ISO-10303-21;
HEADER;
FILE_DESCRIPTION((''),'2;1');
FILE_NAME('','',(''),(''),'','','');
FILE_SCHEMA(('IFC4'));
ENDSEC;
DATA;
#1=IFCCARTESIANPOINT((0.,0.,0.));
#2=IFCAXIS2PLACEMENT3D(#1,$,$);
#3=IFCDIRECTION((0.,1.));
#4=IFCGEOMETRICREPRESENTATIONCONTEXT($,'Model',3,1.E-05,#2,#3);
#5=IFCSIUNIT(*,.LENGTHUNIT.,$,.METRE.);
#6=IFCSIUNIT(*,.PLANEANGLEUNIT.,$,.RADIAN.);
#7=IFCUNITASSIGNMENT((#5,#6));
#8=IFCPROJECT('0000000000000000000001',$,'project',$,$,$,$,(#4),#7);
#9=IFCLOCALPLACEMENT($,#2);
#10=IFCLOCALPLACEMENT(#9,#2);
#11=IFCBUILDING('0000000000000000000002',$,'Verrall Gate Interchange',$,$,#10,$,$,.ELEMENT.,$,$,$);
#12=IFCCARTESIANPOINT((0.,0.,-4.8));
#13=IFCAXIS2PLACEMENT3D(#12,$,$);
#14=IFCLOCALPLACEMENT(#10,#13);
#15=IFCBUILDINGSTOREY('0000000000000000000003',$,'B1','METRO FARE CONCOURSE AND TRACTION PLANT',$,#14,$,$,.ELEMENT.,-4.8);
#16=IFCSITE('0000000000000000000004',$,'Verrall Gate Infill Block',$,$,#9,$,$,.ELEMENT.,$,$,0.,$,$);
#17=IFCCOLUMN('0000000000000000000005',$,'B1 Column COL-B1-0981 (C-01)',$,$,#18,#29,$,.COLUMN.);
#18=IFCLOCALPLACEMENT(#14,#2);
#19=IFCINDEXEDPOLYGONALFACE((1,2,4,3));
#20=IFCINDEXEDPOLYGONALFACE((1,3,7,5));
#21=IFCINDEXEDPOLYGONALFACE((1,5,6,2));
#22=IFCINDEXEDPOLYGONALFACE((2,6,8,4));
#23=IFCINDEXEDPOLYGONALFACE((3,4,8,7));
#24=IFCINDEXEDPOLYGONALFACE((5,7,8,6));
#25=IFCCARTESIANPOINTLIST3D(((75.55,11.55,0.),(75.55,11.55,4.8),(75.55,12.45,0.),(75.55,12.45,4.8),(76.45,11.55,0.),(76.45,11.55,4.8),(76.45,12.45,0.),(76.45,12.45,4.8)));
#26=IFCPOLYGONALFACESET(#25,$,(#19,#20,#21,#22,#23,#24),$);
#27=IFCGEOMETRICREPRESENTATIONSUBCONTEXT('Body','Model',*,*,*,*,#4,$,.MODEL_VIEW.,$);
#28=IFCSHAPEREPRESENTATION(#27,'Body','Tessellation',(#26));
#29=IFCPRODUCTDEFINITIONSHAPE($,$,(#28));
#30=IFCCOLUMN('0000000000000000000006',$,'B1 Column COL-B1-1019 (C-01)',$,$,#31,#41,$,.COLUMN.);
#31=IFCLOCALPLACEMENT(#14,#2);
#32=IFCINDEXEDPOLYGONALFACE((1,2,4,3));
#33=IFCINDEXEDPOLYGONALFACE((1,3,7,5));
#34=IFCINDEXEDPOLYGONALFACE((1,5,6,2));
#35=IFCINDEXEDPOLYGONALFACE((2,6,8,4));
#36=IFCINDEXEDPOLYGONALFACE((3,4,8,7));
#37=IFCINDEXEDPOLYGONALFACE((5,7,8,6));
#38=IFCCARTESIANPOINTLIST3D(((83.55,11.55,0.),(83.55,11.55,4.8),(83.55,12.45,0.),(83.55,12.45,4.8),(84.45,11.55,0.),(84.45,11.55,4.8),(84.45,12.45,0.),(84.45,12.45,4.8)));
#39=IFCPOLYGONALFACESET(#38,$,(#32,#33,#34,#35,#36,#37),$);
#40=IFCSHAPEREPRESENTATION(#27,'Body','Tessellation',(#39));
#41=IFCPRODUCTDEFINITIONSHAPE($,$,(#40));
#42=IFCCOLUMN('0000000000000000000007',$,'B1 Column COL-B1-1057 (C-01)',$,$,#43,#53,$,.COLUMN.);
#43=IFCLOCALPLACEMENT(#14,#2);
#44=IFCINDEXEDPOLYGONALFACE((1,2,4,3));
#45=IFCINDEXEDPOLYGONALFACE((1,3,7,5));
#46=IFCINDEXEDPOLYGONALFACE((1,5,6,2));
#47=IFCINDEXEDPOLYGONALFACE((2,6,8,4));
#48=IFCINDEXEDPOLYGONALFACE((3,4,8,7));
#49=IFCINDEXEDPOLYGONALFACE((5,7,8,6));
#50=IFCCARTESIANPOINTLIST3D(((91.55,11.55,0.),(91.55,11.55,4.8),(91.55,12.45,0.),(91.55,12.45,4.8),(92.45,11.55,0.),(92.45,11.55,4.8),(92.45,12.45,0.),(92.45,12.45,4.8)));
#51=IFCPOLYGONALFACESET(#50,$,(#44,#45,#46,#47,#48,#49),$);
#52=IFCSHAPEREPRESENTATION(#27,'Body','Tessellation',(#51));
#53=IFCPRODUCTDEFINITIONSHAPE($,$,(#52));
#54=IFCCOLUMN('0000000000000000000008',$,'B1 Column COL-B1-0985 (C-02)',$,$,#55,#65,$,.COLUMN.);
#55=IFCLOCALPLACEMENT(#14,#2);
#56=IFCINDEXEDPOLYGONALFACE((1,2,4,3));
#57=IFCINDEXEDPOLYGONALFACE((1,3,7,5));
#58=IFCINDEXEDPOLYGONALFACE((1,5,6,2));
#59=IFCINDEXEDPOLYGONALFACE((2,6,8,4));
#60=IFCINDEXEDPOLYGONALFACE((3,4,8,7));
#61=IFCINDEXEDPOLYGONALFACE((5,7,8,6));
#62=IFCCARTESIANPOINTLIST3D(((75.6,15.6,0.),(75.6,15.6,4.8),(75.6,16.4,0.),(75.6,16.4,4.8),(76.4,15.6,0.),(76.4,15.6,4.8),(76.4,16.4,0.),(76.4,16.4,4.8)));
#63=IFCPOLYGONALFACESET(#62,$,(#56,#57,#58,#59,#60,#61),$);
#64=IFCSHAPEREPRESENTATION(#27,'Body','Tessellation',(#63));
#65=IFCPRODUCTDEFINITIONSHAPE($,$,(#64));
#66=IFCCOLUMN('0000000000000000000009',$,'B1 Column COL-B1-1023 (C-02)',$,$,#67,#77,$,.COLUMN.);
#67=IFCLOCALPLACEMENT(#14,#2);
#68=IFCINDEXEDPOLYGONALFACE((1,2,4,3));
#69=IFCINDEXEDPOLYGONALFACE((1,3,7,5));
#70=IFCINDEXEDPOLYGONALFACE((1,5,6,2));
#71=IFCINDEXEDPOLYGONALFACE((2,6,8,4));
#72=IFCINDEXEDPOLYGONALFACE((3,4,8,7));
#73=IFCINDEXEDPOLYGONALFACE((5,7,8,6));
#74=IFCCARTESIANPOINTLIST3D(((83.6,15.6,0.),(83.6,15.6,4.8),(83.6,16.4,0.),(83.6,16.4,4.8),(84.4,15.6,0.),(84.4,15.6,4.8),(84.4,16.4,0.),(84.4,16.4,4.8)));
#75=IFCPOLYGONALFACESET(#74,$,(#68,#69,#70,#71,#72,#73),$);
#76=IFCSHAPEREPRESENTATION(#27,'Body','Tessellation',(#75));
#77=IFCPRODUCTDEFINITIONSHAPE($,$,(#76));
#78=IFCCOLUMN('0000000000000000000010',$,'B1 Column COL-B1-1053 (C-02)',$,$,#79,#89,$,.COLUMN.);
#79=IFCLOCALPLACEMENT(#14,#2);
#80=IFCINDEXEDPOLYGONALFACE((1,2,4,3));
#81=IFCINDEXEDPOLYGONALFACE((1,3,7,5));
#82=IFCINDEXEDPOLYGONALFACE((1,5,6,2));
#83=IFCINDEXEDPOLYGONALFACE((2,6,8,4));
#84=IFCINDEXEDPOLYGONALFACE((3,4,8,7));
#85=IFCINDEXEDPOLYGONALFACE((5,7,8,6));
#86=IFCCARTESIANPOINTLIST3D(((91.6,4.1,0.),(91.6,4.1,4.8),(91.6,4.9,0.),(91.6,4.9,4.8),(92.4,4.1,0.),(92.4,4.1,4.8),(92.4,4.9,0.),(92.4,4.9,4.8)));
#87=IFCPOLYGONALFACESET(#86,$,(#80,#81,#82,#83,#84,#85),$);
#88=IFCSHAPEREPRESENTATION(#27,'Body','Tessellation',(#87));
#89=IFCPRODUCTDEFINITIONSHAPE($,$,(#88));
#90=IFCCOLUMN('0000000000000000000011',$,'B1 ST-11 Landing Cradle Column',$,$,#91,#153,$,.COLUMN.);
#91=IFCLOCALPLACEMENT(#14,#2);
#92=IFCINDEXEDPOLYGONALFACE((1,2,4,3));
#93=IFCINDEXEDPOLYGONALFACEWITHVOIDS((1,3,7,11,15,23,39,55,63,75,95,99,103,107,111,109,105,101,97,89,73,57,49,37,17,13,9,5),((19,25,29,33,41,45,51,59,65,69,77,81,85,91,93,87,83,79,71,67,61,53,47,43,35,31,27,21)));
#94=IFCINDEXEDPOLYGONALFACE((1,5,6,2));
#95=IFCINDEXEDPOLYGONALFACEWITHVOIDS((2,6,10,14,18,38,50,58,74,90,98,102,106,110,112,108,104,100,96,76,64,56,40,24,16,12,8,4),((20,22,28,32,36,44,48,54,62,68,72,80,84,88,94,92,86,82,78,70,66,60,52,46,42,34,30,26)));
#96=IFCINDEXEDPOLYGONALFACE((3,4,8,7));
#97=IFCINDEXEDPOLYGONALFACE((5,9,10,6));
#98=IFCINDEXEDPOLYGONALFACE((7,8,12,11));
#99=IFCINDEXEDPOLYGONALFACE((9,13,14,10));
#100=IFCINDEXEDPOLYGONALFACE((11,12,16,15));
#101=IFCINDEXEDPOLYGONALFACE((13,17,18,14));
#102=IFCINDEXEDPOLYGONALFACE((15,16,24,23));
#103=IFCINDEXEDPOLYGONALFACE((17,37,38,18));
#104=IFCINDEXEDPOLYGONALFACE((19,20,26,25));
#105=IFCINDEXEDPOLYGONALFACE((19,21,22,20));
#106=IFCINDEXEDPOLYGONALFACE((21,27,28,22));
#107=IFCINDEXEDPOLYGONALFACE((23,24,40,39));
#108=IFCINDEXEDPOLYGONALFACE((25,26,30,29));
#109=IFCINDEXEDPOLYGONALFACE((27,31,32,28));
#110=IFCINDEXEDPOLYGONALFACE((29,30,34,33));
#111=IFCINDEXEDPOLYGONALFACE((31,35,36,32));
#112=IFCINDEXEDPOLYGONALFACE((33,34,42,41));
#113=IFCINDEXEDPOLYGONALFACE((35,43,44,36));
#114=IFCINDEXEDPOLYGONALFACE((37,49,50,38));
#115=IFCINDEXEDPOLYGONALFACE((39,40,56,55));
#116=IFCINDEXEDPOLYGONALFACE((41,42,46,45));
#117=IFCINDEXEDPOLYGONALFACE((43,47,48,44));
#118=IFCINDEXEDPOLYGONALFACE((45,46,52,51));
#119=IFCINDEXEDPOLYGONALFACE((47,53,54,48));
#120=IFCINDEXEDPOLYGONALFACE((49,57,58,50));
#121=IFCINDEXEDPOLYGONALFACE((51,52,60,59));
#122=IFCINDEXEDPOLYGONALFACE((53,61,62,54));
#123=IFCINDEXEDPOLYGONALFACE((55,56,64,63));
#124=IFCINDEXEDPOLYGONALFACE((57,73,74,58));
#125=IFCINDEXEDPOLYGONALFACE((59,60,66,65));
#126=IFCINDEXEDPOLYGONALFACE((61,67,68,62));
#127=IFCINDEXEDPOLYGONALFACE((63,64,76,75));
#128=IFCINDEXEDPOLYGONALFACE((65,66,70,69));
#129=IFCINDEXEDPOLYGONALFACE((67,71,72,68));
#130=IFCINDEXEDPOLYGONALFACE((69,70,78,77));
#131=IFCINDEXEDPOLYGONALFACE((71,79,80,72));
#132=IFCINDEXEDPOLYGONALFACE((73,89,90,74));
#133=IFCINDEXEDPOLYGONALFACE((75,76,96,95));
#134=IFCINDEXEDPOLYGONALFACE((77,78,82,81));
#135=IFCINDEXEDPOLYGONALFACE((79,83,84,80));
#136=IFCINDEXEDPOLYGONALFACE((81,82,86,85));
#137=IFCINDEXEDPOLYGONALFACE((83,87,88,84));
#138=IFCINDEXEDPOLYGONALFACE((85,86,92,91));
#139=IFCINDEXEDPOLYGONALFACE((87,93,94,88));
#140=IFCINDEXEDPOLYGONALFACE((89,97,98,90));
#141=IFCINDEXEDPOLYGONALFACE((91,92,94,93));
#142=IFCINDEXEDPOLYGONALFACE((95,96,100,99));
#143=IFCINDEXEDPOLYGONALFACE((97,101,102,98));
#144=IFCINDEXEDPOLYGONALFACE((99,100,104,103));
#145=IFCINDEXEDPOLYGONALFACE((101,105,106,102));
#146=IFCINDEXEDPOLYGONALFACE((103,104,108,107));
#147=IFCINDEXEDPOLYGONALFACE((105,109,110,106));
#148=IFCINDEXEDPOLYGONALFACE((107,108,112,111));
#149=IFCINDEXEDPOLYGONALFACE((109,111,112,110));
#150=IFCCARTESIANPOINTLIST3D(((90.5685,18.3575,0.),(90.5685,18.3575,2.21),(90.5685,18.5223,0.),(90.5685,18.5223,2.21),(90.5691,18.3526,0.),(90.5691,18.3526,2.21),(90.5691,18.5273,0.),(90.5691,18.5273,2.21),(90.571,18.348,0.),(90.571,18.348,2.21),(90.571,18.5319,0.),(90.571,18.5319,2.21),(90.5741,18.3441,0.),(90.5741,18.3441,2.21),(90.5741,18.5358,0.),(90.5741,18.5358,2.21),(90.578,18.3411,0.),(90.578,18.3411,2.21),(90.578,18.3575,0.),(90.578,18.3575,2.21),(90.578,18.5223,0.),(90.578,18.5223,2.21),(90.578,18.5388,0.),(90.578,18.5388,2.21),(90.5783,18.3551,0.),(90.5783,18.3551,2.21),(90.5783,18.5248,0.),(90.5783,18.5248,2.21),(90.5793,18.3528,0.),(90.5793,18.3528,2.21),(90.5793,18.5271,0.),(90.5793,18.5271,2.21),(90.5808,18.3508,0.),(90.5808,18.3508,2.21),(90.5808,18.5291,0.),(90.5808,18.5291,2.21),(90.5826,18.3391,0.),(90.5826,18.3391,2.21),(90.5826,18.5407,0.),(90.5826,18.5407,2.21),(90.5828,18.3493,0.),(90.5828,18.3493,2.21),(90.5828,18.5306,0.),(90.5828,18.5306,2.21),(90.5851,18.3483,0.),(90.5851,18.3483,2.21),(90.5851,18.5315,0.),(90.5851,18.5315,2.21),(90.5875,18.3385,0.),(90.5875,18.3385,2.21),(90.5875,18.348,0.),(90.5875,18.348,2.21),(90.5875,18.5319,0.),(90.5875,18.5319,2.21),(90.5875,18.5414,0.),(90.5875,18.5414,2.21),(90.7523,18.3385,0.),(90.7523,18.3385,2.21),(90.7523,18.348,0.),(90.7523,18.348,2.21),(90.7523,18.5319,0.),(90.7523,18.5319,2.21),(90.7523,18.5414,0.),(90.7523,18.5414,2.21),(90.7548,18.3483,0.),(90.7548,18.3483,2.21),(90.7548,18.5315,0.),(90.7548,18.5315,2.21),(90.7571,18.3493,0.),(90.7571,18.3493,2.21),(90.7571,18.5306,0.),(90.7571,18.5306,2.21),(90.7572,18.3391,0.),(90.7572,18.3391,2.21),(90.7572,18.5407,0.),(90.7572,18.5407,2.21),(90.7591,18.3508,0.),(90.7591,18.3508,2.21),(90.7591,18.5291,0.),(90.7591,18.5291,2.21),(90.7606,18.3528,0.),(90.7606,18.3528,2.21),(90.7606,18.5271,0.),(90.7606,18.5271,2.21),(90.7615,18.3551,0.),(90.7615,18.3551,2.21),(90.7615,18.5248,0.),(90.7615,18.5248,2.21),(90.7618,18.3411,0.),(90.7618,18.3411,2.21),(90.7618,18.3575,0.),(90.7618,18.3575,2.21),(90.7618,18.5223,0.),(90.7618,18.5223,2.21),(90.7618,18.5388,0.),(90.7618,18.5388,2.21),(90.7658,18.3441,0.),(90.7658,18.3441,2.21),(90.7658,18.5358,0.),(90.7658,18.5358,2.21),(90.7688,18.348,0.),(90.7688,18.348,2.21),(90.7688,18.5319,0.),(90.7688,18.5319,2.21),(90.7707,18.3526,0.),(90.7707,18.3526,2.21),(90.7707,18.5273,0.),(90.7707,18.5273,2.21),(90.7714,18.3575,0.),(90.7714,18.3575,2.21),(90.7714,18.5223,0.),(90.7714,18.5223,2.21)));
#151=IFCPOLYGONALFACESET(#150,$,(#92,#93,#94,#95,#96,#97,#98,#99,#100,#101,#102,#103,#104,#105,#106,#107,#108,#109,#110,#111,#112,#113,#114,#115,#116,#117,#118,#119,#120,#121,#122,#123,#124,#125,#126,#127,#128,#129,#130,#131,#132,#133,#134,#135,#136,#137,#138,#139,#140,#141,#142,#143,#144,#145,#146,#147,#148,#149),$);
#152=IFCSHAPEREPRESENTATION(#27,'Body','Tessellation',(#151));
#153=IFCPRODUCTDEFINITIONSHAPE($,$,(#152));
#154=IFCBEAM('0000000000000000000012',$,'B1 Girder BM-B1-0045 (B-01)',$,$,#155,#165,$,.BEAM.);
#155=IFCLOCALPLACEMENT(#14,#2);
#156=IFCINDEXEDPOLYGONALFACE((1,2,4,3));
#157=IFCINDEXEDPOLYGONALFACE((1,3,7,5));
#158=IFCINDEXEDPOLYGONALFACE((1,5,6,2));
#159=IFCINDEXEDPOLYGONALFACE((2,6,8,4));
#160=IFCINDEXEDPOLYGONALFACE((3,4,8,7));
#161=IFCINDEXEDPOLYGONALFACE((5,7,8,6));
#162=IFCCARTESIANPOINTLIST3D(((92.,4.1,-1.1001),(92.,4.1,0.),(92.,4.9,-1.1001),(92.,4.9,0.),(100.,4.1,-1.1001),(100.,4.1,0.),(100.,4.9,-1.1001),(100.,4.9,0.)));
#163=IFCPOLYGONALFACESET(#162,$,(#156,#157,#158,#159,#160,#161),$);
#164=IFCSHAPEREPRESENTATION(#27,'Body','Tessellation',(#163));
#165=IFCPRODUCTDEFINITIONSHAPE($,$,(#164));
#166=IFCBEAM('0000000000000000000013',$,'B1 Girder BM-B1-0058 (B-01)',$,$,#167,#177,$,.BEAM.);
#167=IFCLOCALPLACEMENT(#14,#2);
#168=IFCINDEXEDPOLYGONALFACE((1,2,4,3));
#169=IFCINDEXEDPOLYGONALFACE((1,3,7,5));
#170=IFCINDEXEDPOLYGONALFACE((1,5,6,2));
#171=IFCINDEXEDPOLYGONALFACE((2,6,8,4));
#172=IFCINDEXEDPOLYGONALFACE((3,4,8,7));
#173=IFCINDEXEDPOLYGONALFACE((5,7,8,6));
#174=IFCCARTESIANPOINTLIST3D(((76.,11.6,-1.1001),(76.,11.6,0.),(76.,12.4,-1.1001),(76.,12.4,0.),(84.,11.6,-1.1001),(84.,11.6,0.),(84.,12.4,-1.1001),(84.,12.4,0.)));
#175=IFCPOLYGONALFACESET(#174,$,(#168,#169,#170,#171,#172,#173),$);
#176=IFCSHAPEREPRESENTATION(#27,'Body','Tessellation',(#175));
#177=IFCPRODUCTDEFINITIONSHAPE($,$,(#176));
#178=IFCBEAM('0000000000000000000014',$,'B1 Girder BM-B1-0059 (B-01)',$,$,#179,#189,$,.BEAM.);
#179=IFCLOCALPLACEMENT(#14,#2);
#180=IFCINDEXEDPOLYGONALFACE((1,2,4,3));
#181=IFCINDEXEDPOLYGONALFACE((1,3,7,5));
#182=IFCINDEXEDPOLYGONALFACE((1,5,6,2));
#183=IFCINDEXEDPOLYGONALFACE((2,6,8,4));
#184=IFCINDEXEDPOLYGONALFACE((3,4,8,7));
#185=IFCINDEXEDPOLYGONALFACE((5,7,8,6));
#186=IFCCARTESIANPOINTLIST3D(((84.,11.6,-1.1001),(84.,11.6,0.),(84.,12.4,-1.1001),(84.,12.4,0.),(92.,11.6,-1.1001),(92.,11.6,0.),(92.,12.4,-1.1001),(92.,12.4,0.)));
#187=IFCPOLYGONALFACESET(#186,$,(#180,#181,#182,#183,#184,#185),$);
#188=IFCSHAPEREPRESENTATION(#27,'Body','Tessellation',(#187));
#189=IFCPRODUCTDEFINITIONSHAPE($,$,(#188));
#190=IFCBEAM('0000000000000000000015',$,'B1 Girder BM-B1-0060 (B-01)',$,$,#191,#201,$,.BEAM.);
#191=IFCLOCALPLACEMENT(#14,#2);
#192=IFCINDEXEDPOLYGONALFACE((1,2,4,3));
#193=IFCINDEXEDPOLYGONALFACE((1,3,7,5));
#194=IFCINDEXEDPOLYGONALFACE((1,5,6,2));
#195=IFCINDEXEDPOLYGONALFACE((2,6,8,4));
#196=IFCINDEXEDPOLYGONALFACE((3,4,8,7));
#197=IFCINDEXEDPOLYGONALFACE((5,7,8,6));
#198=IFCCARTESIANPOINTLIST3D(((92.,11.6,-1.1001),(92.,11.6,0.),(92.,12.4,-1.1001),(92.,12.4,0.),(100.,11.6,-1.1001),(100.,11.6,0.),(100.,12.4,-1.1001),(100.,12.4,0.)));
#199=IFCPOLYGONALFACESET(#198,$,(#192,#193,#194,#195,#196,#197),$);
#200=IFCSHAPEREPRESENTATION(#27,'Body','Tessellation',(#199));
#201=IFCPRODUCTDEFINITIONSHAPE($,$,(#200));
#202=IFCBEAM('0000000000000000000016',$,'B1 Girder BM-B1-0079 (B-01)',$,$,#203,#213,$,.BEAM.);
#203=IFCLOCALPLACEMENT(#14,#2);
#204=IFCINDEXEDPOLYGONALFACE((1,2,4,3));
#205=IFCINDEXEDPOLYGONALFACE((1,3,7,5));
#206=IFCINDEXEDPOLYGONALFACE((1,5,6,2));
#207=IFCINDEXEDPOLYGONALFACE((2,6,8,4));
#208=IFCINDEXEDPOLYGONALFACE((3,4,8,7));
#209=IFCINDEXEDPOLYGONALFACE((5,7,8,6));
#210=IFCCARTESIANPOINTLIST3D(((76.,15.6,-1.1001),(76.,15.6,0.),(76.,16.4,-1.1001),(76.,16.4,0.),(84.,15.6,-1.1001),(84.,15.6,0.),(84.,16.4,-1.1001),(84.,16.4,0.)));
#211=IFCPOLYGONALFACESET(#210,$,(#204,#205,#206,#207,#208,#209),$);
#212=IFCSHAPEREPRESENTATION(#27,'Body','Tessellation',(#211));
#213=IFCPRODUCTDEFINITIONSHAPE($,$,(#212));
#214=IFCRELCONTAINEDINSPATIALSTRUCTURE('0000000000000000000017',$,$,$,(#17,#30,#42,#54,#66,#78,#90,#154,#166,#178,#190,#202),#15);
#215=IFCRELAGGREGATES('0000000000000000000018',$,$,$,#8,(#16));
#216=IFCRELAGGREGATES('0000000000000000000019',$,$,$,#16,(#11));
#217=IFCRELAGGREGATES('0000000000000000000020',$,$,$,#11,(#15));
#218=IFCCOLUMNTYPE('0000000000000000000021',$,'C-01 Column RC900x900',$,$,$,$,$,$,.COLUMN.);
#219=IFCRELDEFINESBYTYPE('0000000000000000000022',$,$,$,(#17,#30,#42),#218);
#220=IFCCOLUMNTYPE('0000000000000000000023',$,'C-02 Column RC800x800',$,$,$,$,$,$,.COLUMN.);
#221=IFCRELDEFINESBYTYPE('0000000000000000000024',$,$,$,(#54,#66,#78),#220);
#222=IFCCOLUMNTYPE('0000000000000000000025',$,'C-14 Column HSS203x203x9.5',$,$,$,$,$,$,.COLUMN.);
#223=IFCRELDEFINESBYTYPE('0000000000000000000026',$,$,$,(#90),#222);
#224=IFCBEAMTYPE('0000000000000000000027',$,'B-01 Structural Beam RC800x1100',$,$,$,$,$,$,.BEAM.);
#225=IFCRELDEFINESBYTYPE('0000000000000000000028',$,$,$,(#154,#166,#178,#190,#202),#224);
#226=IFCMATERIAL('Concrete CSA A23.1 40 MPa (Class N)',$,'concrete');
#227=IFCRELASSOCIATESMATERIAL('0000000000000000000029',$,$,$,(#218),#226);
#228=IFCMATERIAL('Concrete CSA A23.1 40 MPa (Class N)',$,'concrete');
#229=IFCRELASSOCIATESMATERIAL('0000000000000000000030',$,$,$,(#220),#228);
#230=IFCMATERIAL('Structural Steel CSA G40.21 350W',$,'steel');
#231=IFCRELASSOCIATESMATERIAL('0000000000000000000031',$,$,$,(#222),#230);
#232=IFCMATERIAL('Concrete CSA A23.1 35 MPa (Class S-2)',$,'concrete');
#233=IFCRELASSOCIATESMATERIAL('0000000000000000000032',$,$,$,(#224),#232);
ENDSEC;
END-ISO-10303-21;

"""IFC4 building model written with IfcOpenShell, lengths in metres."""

from ifc_helpers import new_model, si_unit, direction, frame, origin, origin_2d, place, context, subcontext, project, spatial, rectangle, hollow_rectangle, extrude, material, material_profile, profile_set, type_object, element, save


model = new_model("IFC4")

# Units and contexts
model_context = context("Model", 3, precision=1e-05, world=origin(), true_north=direction((0.0, 1.0)))
body_context = subcontext(model_context, "Body", "Model", "MODEL_VIEW")
ifc_project = project(units=[si_unit("LENGTHUNIT", "METRE"), si_unit("PLANEANGLEUNIT", "RADIAN")], contexts=[model_context])

# Site, building, storey
site_placement = place(None, origin())
site = spatial("IfcSite", under=ifc_project, at=site_placement, Name="Verrall Gate Infill Block", CompositionType="ELEMENT", RefElevation=0.0)
building_placement = place(site_placement, origin())
building = spatial("IfcBuilding", under=site, at=building_placement, Name="Verrall Gate Interchange", CompositionType="ELEMENT")
storey_placement = place(building_placement, frame((0.0, 0.0, -4.8)))
storey = spatial("IfcBuildingStorey", under=building, at=storey_placement, Name="B1", Description="METRO FARE CONCOURSE AND TRACTION PLANT", CompositionType="ELEMENT", Elevation=-4.8)

# Columns
ifc_material_1 = material(Name="Concrete CSA A23.1 40 MPa (Class N)", Category="concrete")
ifc_material_profile_1 = material_profile(ifc_material_1, rectangle(XDim=0.8999, YDim=0.8999, at=origin_2d()), Name="RC900x900")
ifc_profile_set_1 = profile_set([ifc_material_profile_1], Name="Concrete CSA A23.1 40 MPa (Class N)")
column_type_1 = type_object("IfcColumnType", Name="C-01 Column RC900x900", PredefinedType="COLUMN", material=ifc_profile_set_1)
for number, where, z_axis, x_axis, name in (
    (1, (76.0, 12.0, 0.0), (0.0, 0.0, 1.0), (1.0, 0.0, 0.0), "B1 Column COL-B1-0981 (C-01)"),
    (2, (84.0, 12.0, 0.0), (0.0, 0.0, 1.0), (1.0, 0.0, 0.0), "B1 Column COL-B1-1019 (C-01)"),
    (3, (92.0, 12.0, 0.0), (0.0, 0.0, 1.0), (1.0, 0.0, 0.0), "B1 Column COL-B1-1057 (C-01)"),
):
    element("IfcColumn", number, at=place(storey_placement, frame(where, z_axis=z_axis, x_axis=x_axis)), inside=storey, type_object=column_type_1, Name=name, PredefinedType="COLUMN", context=body_context, shape_type="SweptSolid", body=[
        extrude(rectangle(XDim=0.8999, YDim=0.8999, at=origin_2d()), origin(), (0.0, 0.0, 1.0), 4.8),
    ])
ifc_material_2 = material(Name="Concrete CSA A23.1 40 MPa (Class N)", Category="concrete")
ifc_material_profile_2 = material_profile(ifc_material_2, rectangle(XDim=0.8, YDim=0.8, at=origin_2d()), Name="RC800x800")
ifc_profile_set_2 = profile_set([ifc_material_profile_2], Name="Concrete CSA A23.1 40 MPa (Class N)")
column_type_2 = type_object("IfcColumnType", Name="C-02 Column RC800x800", PredefinedType="COLUMN", material=ifc_profile_set_2)
for number, where, z_axis, x_axis, name in (
    (4, (76.0, 16.0, 0.0), (0.0, 0.0, 1.0), (1.0, 0.0, 0.0), "B1 Column COL-B1-0985 (C-02)"),
    (5, (84.0, 16.0, 0.0), (0.0, 0.0, 1.0), (1.0, 0.0, 0.0), "B1 Column COL-B1-1023 (C-02)"),
    (6, (92.0, 4.5, 0.0), (0.0, 0.0, 1.0), (1.0, 0.0, 0.0), "B1 Column COL-B1-1053 (C-02)"),
):
    element("IfcColumn", number, at=place(storey_placement, frame(where, z_axis=z_axis, x_axis=x_axis)), inside=storey, type_object=column_type_2, Name=name, PredefinedType="COLUMN", context=body_context, shape_type="SweptSolid", body=[
        extrude(rectangle(XDim=0.8, YDim=0.8, at=origin_2d()), origin(), (0.0, 0.0, 1.0), 4.8),
    ])
ifc_material_3 = material(Name="Structural Steel CSA G40.21 350W", Category="steel")
ifc_material_profile_3 = material_profile(ifc_material_3, hollow_rectangle(XDim=0.2029, YDim=0.2029, WallThickness=0.0095, InnerFilletRadius=0.0095, OuterFilletRadius=0.019, at=origin_2d()), Name="HSS203x203x9.5")
ifc_profile_set_3 = profile_set([ifc_material_profile_3], Name="Structural Steel CSA G40.21 350W")
column_type_3 = type_object("IfcColumnType", Name="C-14 Column HSS203x203x9.5", PredefinedType="COLUMN", material=ifc_profile_set_3)
column_placement = place(storey_placement, frame((90.6699, 18.4399, 0.0), z_axis=(0.0, 0.0, 1.0), x_axis=(1.0, 0.0, 0.0)))
element("IfcColumn", 7, at=column_placement, inside=storey, type_object=column_type_3, Name="B1 ST-11 Landing Cradle Column", PredefinedType="COLUMN", context=body_context, shape_type="SweptSolid", body=[
    extrude(hollow_rectangle(XDim=0.2029, YDim=0.2029, WallThickness=0.0095, InnerFilletRadius=0.0095, OuterFilletRadius=0.019, at=origin_2d()), origin(), (0.0, 0.0, 1.0), 2.21),
])

# Beams
ifc_material_4 = material(Name="Concrete CSA A23.1 35 MPa (Class S-2)", Category="concrete")
ifc_material_profile_4 = material_profile(ifc_material_4, rectangle(XDim=0.8, YDim=1.1001, at=origin_2d()), Name="RC800x1100")
ifc_profile_set_4 = profile_set([ifc_material_profile_4], Name="Concrete CSA A23.1 35 MPa (Class S-2)")
beam_type_1 = type_object("IfcBeamType", Name="B-01 Structural Beam RC800x1100", PredefinedType="BEAM", material=ifc_profile_set_4)
for number, where, z_axis, x_axis, name in (
    (8, (92.0, 4.5, -0.55), (1.0, 0.0, 0.0), (0.0, 1.0, 0.0), "B1 Girder BM-B1-0045 (B-01)"),
    (9, (76.0, 12.0, -0.55), (1.0, 0.0, 0.0), (0.0, 1.0, 0.0), "B1 Girder BM-B1-0058 (B-01)"),
    (10, (84.0, 12.0, -0.55), (1.0, 0.0, 0.0), (0.0, 1.0, 0.0), "B1 Girder BM-B1-0059 (B-01)"),
    (11, (92.0, 12.0, -0.55), (1.0, 0.0, 0.0), (0.0, 1.0, 0.0), "B1 Girder BM-B1-0060 (B-01)"),
    (12, (76.0, 16.0, -0.55), (1.0, 0.0, 0.0), (0.0, 1.0, 0.0), "B1 Girder BM-B1-0079 (B-01)"),
):
    element("IfcBeam", number, at=place(storey_placement, frame(where, z_axis=z_axis, x_axis=x_axis)), inside=storey, type_object=beam_type_1, Name=name, PredefinedType="BEAM", context=body_context, shape_type="SweptSolid", body=[
        extrude(rectangle(XDim=0.8, YDim=1.1001, at=origin_2d()), origin(), (0.0, 0.0, 1.0), 8.0),
    ])

save(model, "model.ifc")
